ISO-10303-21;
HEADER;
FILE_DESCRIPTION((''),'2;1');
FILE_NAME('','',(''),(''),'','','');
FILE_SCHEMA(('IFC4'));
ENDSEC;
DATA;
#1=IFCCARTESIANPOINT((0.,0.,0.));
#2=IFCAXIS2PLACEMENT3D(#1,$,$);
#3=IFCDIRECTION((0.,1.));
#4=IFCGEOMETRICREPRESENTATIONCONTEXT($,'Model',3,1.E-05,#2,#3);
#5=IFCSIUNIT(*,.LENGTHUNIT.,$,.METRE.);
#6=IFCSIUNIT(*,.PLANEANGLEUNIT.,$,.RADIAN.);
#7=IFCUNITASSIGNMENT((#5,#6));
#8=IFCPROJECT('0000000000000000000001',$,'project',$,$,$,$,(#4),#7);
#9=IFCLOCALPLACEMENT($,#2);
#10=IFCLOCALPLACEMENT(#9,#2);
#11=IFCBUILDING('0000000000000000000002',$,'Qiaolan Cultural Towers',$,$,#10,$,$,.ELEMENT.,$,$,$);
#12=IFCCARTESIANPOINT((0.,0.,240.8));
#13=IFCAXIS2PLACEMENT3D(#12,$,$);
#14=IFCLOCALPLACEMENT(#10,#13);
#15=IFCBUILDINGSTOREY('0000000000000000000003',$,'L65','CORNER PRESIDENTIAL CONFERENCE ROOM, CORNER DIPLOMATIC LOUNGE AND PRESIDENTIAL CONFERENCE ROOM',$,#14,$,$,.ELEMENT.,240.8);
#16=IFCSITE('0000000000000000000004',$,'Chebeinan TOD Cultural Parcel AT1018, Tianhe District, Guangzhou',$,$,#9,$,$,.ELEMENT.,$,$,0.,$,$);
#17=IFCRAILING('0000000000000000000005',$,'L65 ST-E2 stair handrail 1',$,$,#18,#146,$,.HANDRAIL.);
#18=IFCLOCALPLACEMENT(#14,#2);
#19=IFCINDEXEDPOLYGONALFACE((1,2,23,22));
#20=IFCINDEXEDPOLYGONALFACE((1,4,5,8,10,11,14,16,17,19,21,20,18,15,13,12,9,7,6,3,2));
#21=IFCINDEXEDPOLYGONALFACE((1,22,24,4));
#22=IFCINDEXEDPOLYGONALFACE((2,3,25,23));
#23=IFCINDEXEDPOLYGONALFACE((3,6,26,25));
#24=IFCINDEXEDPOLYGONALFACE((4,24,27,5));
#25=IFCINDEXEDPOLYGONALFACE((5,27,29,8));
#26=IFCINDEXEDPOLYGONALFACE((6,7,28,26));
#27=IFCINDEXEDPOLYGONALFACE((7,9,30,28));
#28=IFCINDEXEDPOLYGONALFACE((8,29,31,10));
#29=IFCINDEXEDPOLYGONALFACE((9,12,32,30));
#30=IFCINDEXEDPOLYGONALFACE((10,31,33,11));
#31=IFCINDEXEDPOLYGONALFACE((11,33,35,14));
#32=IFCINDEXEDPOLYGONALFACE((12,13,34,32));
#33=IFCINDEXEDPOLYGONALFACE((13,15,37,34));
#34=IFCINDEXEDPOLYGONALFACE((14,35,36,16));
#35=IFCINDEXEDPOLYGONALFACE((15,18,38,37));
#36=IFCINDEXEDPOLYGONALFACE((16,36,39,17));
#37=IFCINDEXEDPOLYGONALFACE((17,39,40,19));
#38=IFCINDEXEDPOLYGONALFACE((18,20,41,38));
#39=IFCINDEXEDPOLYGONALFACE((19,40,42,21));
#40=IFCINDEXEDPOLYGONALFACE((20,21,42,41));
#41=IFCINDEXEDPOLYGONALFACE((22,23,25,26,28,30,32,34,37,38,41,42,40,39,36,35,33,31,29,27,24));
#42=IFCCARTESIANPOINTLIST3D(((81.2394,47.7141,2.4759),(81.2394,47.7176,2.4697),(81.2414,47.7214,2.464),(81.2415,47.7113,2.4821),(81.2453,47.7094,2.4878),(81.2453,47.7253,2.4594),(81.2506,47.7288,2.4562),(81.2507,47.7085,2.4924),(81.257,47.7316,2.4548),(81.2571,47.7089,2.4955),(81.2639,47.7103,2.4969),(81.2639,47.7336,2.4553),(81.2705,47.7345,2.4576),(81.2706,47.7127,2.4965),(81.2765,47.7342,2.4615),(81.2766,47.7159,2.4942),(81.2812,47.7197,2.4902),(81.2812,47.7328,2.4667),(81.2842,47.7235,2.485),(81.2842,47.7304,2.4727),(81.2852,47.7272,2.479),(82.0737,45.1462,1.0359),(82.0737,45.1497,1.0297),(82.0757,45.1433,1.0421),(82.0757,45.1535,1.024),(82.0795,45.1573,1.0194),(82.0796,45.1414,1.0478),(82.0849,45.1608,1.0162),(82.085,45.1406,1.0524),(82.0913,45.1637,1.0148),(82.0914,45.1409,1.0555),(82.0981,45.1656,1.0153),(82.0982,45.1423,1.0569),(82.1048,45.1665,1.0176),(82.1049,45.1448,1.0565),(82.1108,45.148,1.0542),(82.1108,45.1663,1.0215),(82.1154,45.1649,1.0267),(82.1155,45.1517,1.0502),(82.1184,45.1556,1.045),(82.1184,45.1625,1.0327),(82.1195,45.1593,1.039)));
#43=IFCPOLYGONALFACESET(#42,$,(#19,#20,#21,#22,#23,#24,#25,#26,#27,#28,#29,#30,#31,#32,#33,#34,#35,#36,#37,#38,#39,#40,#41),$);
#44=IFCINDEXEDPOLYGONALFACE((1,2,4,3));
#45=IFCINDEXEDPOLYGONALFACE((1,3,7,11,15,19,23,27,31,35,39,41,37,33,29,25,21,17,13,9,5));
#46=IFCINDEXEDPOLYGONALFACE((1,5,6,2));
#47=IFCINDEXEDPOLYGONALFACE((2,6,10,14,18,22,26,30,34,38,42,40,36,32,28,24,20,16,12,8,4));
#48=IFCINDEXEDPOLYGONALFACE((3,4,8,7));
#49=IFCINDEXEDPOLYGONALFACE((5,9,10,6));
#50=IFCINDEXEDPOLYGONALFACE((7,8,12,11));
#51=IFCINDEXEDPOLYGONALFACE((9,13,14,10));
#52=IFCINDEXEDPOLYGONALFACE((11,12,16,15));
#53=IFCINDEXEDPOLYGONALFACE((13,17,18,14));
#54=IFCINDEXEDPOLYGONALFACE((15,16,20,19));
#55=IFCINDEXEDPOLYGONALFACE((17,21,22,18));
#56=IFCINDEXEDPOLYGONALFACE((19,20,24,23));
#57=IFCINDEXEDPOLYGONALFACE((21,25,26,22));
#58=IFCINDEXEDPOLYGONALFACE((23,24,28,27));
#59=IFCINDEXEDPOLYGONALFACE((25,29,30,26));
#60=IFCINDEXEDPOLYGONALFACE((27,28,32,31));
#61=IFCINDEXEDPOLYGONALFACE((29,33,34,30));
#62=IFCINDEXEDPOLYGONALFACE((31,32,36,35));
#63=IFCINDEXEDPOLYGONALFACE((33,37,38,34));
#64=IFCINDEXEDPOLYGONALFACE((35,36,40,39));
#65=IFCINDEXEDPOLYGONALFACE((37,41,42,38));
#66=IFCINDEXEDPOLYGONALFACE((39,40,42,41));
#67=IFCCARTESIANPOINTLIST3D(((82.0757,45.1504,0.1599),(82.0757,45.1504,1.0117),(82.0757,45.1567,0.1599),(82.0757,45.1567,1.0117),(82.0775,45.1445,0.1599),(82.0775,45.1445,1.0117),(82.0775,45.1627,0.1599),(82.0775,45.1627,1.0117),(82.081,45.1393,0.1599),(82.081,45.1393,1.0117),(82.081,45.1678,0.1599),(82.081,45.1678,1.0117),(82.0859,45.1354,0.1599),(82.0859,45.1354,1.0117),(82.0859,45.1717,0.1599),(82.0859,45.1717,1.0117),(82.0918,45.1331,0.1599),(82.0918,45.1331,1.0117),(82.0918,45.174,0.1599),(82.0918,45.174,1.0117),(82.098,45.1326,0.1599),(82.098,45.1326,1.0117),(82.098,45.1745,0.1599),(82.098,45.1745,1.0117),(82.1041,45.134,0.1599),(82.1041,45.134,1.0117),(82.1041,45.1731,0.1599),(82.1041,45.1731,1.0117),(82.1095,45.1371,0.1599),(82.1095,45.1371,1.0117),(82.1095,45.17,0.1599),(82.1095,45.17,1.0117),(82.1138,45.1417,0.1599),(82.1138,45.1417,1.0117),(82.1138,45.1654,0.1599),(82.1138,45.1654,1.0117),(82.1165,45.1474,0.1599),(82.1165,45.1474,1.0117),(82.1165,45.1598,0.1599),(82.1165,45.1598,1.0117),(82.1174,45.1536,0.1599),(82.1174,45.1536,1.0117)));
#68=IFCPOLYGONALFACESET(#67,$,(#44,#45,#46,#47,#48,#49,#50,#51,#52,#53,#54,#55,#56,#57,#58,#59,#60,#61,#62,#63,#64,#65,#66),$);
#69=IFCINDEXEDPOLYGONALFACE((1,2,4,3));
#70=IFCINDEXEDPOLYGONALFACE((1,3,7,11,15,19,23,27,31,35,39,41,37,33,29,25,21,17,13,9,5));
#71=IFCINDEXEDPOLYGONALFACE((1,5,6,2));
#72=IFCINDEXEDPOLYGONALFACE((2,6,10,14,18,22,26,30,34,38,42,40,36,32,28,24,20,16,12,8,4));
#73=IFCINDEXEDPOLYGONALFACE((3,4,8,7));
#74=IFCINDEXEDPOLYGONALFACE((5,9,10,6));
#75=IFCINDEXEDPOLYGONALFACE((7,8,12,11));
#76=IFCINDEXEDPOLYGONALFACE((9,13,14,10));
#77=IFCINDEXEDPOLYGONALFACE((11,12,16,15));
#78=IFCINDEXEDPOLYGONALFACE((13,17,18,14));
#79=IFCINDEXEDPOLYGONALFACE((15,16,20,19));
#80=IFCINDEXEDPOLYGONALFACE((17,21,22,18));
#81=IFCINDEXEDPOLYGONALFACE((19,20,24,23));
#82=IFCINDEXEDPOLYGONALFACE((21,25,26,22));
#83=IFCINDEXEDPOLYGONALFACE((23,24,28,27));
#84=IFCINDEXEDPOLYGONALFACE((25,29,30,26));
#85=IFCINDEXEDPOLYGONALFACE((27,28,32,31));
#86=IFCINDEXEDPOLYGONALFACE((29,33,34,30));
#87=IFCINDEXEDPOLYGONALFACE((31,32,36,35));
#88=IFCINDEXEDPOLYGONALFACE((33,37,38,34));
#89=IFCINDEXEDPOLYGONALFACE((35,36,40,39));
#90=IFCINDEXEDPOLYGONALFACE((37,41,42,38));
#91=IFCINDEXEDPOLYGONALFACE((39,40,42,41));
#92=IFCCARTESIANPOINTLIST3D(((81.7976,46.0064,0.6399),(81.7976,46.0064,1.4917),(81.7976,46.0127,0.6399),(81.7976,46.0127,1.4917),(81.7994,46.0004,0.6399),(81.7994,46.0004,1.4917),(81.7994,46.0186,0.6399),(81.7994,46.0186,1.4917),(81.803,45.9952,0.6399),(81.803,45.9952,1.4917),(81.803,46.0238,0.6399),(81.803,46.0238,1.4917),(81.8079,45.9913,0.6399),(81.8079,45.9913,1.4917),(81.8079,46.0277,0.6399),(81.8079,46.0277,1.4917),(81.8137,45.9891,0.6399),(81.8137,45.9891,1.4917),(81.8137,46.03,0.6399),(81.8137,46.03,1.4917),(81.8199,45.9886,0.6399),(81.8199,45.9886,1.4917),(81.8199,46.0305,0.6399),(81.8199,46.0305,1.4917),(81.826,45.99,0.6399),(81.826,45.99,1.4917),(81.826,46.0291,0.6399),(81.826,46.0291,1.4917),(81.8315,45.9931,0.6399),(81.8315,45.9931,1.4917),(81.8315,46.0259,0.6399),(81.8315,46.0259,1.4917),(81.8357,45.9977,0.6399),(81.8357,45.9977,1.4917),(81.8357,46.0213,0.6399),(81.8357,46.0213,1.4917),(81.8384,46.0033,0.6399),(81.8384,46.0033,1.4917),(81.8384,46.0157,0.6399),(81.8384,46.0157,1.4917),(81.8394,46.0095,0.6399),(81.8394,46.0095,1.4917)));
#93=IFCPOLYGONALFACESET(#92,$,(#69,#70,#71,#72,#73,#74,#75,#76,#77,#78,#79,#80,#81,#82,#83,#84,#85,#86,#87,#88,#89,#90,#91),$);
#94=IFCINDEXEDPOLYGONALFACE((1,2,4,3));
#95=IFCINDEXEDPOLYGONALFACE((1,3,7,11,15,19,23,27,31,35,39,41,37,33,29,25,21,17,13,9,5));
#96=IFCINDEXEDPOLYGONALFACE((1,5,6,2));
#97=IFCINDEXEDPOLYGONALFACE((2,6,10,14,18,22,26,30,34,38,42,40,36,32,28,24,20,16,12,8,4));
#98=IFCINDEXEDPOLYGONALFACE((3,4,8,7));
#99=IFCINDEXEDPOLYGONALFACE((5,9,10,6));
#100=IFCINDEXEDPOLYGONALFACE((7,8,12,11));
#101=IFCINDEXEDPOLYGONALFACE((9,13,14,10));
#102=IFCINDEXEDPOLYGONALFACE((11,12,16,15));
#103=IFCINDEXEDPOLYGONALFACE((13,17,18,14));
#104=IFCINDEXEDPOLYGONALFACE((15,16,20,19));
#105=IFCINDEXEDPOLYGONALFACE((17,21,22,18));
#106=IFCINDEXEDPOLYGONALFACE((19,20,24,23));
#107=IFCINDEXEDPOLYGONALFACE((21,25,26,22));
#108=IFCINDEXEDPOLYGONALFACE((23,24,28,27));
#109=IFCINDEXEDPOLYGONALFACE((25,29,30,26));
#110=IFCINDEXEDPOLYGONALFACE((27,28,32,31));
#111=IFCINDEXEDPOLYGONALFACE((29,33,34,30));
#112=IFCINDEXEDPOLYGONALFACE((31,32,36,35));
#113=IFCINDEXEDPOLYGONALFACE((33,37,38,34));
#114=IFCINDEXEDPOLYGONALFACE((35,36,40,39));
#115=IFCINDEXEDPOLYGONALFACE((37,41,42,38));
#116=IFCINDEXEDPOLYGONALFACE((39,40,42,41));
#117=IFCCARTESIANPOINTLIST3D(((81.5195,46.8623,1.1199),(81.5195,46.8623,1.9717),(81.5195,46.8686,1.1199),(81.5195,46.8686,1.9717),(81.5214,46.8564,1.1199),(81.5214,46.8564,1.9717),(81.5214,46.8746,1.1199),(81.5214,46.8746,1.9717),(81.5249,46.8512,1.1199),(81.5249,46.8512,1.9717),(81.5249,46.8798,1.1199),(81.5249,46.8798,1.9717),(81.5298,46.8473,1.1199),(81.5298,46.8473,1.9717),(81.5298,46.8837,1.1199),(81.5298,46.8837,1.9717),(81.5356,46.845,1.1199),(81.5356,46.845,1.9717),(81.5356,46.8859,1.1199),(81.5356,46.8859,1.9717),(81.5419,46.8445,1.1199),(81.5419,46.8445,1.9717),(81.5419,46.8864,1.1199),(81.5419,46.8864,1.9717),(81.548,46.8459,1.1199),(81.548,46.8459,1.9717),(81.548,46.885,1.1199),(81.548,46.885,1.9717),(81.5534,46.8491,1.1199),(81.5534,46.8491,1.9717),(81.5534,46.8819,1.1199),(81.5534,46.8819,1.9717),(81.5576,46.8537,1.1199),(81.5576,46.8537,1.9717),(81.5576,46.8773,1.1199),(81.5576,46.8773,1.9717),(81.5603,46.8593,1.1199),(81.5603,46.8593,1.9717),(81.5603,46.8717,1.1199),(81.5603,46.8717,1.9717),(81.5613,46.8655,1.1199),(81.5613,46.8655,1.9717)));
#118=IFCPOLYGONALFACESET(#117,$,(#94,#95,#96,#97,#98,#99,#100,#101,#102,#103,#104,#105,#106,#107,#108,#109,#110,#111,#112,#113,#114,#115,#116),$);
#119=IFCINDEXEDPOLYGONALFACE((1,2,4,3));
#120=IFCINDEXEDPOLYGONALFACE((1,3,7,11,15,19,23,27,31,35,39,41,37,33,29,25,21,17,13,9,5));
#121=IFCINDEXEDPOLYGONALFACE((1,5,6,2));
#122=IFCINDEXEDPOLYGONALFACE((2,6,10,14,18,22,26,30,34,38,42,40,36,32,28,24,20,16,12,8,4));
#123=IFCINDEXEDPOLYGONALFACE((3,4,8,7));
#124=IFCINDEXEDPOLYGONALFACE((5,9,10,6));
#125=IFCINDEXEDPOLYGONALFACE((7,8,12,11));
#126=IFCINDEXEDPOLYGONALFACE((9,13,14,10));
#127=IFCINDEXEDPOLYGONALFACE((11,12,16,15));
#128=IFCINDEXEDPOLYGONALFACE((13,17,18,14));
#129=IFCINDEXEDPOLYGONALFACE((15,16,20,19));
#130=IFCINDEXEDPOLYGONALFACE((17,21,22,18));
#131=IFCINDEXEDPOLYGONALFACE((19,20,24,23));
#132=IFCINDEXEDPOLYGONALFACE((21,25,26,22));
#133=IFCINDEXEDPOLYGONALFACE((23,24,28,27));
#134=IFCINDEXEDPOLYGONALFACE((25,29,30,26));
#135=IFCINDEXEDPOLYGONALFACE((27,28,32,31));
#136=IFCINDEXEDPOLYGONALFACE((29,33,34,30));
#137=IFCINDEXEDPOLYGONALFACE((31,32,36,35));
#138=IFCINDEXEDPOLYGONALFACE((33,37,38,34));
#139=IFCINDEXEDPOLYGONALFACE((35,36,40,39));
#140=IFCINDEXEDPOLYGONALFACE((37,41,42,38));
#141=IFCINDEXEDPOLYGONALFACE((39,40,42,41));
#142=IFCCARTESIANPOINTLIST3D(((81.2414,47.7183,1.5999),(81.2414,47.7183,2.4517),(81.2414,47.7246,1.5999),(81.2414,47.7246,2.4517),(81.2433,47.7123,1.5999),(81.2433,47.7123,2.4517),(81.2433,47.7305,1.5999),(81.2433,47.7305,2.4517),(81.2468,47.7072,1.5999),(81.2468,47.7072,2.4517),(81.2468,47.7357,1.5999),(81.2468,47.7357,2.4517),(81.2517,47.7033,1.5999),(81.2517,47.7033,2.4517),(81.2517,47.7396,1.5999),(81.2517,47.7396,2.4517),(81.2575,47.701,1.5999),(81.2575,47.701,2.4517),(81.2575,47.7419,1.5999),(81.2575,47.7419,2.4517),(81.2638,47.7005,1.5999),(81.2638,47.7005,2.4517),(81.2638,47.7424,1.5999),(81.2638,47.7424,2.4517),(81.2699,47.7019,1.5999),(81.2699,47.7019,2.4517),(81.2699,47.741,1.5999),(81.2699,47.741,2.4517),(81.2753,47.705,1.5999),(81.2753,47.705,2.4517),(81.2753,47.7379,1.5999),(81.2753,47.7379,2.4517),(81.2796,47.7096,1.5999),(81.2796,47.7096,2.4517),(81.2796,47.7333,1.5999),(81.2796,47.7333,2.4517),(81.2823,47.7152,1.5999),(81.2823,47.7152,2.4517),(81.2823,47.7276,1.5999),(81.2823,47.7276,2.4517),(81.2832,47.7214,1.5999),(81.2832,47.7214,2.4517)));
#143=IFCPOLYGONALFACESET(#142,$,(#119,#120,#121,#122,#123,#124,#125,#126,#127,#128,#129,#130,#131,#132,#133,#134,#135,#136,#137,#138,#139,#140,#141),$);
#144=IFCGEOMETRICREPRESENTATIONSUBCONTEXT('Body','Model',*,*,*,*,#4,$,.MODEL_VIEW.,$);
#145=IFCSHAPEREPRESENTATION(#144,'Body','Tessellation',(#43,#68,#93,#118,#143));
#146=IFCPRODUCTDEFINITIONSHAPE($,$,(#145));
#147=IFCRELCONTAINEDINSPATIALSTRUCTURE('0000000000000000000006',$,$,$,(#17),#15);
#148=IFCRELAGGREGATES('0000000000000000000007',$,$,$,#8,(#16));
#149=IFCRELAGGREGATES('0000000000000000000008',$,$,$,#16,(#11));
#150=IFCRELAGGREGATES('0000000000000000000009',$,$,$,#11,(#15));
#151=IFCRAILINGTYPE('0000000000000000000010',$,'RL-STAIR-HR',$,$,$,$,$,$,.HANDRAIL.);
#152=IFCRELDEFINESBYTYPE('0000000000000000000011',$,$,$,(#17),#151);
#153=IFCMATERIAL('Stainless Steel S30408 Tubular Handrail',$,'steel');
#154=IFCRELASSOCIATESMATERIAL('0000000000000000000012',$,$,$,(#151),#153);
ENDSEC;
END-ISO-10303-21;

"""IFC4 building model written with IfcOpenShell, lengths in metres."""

from ifc_helpers import new_model, si_unit, direction, frame, origin, origin_2d, place, context, subcontext, project, spatial, circle, extrude, material, type_object, element, save


model = new_model("IFC4")

# Units and contexts
model_context = context("Model", 3, precision=1e-05, world=origin(), true_north=direction((0.0, 1.0)))
body_context = subcontext(model_context, "Body", "Model", "MODEL_VIEW")
ifc_project = project(units=[si_unit("LENGTHUNIT", "METRE"), si_unit("PLANEANGLEUNIT", "RADIAN")], contexts=[model_context])

# Site, building, storey
site_placement = place(None, origin())
site = spatial("IfcSite", under=ifc_project, at=site_placement, Name="Chebeinan TOD Cultural Parcel AT1018, Tianhe District, Guangzhou", CompositionType="ELEMENT", RefElevation=0.0)
building_placement = place(site_placement, origin())
building = spatial("IfcBuilding", under=site, at=building_placement, Name="Qiaolan Cultural Towers", CompositionType="ELEMENT")
storey_placement = place(building_placement, frame((0.0, 0.0, 240.8)))
storey = spatial("IfcBuildingStorey", under=building, at=storey_placement, Name="L65", Description="CORNER PRESIDENTIAL CONFERENCE ROOM, CORNER DIPLOMATIC LOUNGE AND PRESIDENTIAL CONFERENCE ROOM", CompositionType="ELEMENT", Elevation=240.8)

# Railing
ifc_material_1 = material(Name="Stainless Steel S30408 Tubular Handrail", Category="steel")
railing_type_1 = type_object("IfcRailingType", Name="RL-STAIR-HR", PredefinedType="HANDRAIL", material=ifc_material_1)
railing_1_placement = place(storey_placement, frame((82.0964, 45.1536, 0.1599)))
element("IfcRailing", 1, at=railing_1_placement, inside=storey, type_object=railing_type_1, Name="L65 ST-E2 stair handrail 1", PredefinedType="HANDRAIL", context=body_context, shape_type="SweptSolid", body=[
    extrude(circle(Radius=0.0239, at=origin_2d()), frame((0.0, 0.0, 0.876), z_axis=(-0.272628, 0.839186, 0.470576), x_axis=(-0.95107, -0.308976, 0.0)), (0.0, 0.0, 1.0), 3.0601),
    extrude(circle(Radius=0.021, at=origin_2d()), origin(), (0.0, 0.0, 1.0), 0.8518),
    extrude(circle(Radius=0.021, at=origin_2d()), frame((-0.2781, 0.856, 0.48)), (0.0, 0.0, 1.0), 0.8518),
    extrude(circle(Radius=0.021, at=origin_2d()), frame((-0.5562, 1.7119, 0.96)), (0.0, 0.0, 1.0), 0.8518),
    extrude(circle(Radius=0.021, at=origin_2d()), frame((-0.8342, 2.5679, 1.4399)), (0.0, 0.0, 1.0), 0.8518),
])

save(model, "model.ifc")
